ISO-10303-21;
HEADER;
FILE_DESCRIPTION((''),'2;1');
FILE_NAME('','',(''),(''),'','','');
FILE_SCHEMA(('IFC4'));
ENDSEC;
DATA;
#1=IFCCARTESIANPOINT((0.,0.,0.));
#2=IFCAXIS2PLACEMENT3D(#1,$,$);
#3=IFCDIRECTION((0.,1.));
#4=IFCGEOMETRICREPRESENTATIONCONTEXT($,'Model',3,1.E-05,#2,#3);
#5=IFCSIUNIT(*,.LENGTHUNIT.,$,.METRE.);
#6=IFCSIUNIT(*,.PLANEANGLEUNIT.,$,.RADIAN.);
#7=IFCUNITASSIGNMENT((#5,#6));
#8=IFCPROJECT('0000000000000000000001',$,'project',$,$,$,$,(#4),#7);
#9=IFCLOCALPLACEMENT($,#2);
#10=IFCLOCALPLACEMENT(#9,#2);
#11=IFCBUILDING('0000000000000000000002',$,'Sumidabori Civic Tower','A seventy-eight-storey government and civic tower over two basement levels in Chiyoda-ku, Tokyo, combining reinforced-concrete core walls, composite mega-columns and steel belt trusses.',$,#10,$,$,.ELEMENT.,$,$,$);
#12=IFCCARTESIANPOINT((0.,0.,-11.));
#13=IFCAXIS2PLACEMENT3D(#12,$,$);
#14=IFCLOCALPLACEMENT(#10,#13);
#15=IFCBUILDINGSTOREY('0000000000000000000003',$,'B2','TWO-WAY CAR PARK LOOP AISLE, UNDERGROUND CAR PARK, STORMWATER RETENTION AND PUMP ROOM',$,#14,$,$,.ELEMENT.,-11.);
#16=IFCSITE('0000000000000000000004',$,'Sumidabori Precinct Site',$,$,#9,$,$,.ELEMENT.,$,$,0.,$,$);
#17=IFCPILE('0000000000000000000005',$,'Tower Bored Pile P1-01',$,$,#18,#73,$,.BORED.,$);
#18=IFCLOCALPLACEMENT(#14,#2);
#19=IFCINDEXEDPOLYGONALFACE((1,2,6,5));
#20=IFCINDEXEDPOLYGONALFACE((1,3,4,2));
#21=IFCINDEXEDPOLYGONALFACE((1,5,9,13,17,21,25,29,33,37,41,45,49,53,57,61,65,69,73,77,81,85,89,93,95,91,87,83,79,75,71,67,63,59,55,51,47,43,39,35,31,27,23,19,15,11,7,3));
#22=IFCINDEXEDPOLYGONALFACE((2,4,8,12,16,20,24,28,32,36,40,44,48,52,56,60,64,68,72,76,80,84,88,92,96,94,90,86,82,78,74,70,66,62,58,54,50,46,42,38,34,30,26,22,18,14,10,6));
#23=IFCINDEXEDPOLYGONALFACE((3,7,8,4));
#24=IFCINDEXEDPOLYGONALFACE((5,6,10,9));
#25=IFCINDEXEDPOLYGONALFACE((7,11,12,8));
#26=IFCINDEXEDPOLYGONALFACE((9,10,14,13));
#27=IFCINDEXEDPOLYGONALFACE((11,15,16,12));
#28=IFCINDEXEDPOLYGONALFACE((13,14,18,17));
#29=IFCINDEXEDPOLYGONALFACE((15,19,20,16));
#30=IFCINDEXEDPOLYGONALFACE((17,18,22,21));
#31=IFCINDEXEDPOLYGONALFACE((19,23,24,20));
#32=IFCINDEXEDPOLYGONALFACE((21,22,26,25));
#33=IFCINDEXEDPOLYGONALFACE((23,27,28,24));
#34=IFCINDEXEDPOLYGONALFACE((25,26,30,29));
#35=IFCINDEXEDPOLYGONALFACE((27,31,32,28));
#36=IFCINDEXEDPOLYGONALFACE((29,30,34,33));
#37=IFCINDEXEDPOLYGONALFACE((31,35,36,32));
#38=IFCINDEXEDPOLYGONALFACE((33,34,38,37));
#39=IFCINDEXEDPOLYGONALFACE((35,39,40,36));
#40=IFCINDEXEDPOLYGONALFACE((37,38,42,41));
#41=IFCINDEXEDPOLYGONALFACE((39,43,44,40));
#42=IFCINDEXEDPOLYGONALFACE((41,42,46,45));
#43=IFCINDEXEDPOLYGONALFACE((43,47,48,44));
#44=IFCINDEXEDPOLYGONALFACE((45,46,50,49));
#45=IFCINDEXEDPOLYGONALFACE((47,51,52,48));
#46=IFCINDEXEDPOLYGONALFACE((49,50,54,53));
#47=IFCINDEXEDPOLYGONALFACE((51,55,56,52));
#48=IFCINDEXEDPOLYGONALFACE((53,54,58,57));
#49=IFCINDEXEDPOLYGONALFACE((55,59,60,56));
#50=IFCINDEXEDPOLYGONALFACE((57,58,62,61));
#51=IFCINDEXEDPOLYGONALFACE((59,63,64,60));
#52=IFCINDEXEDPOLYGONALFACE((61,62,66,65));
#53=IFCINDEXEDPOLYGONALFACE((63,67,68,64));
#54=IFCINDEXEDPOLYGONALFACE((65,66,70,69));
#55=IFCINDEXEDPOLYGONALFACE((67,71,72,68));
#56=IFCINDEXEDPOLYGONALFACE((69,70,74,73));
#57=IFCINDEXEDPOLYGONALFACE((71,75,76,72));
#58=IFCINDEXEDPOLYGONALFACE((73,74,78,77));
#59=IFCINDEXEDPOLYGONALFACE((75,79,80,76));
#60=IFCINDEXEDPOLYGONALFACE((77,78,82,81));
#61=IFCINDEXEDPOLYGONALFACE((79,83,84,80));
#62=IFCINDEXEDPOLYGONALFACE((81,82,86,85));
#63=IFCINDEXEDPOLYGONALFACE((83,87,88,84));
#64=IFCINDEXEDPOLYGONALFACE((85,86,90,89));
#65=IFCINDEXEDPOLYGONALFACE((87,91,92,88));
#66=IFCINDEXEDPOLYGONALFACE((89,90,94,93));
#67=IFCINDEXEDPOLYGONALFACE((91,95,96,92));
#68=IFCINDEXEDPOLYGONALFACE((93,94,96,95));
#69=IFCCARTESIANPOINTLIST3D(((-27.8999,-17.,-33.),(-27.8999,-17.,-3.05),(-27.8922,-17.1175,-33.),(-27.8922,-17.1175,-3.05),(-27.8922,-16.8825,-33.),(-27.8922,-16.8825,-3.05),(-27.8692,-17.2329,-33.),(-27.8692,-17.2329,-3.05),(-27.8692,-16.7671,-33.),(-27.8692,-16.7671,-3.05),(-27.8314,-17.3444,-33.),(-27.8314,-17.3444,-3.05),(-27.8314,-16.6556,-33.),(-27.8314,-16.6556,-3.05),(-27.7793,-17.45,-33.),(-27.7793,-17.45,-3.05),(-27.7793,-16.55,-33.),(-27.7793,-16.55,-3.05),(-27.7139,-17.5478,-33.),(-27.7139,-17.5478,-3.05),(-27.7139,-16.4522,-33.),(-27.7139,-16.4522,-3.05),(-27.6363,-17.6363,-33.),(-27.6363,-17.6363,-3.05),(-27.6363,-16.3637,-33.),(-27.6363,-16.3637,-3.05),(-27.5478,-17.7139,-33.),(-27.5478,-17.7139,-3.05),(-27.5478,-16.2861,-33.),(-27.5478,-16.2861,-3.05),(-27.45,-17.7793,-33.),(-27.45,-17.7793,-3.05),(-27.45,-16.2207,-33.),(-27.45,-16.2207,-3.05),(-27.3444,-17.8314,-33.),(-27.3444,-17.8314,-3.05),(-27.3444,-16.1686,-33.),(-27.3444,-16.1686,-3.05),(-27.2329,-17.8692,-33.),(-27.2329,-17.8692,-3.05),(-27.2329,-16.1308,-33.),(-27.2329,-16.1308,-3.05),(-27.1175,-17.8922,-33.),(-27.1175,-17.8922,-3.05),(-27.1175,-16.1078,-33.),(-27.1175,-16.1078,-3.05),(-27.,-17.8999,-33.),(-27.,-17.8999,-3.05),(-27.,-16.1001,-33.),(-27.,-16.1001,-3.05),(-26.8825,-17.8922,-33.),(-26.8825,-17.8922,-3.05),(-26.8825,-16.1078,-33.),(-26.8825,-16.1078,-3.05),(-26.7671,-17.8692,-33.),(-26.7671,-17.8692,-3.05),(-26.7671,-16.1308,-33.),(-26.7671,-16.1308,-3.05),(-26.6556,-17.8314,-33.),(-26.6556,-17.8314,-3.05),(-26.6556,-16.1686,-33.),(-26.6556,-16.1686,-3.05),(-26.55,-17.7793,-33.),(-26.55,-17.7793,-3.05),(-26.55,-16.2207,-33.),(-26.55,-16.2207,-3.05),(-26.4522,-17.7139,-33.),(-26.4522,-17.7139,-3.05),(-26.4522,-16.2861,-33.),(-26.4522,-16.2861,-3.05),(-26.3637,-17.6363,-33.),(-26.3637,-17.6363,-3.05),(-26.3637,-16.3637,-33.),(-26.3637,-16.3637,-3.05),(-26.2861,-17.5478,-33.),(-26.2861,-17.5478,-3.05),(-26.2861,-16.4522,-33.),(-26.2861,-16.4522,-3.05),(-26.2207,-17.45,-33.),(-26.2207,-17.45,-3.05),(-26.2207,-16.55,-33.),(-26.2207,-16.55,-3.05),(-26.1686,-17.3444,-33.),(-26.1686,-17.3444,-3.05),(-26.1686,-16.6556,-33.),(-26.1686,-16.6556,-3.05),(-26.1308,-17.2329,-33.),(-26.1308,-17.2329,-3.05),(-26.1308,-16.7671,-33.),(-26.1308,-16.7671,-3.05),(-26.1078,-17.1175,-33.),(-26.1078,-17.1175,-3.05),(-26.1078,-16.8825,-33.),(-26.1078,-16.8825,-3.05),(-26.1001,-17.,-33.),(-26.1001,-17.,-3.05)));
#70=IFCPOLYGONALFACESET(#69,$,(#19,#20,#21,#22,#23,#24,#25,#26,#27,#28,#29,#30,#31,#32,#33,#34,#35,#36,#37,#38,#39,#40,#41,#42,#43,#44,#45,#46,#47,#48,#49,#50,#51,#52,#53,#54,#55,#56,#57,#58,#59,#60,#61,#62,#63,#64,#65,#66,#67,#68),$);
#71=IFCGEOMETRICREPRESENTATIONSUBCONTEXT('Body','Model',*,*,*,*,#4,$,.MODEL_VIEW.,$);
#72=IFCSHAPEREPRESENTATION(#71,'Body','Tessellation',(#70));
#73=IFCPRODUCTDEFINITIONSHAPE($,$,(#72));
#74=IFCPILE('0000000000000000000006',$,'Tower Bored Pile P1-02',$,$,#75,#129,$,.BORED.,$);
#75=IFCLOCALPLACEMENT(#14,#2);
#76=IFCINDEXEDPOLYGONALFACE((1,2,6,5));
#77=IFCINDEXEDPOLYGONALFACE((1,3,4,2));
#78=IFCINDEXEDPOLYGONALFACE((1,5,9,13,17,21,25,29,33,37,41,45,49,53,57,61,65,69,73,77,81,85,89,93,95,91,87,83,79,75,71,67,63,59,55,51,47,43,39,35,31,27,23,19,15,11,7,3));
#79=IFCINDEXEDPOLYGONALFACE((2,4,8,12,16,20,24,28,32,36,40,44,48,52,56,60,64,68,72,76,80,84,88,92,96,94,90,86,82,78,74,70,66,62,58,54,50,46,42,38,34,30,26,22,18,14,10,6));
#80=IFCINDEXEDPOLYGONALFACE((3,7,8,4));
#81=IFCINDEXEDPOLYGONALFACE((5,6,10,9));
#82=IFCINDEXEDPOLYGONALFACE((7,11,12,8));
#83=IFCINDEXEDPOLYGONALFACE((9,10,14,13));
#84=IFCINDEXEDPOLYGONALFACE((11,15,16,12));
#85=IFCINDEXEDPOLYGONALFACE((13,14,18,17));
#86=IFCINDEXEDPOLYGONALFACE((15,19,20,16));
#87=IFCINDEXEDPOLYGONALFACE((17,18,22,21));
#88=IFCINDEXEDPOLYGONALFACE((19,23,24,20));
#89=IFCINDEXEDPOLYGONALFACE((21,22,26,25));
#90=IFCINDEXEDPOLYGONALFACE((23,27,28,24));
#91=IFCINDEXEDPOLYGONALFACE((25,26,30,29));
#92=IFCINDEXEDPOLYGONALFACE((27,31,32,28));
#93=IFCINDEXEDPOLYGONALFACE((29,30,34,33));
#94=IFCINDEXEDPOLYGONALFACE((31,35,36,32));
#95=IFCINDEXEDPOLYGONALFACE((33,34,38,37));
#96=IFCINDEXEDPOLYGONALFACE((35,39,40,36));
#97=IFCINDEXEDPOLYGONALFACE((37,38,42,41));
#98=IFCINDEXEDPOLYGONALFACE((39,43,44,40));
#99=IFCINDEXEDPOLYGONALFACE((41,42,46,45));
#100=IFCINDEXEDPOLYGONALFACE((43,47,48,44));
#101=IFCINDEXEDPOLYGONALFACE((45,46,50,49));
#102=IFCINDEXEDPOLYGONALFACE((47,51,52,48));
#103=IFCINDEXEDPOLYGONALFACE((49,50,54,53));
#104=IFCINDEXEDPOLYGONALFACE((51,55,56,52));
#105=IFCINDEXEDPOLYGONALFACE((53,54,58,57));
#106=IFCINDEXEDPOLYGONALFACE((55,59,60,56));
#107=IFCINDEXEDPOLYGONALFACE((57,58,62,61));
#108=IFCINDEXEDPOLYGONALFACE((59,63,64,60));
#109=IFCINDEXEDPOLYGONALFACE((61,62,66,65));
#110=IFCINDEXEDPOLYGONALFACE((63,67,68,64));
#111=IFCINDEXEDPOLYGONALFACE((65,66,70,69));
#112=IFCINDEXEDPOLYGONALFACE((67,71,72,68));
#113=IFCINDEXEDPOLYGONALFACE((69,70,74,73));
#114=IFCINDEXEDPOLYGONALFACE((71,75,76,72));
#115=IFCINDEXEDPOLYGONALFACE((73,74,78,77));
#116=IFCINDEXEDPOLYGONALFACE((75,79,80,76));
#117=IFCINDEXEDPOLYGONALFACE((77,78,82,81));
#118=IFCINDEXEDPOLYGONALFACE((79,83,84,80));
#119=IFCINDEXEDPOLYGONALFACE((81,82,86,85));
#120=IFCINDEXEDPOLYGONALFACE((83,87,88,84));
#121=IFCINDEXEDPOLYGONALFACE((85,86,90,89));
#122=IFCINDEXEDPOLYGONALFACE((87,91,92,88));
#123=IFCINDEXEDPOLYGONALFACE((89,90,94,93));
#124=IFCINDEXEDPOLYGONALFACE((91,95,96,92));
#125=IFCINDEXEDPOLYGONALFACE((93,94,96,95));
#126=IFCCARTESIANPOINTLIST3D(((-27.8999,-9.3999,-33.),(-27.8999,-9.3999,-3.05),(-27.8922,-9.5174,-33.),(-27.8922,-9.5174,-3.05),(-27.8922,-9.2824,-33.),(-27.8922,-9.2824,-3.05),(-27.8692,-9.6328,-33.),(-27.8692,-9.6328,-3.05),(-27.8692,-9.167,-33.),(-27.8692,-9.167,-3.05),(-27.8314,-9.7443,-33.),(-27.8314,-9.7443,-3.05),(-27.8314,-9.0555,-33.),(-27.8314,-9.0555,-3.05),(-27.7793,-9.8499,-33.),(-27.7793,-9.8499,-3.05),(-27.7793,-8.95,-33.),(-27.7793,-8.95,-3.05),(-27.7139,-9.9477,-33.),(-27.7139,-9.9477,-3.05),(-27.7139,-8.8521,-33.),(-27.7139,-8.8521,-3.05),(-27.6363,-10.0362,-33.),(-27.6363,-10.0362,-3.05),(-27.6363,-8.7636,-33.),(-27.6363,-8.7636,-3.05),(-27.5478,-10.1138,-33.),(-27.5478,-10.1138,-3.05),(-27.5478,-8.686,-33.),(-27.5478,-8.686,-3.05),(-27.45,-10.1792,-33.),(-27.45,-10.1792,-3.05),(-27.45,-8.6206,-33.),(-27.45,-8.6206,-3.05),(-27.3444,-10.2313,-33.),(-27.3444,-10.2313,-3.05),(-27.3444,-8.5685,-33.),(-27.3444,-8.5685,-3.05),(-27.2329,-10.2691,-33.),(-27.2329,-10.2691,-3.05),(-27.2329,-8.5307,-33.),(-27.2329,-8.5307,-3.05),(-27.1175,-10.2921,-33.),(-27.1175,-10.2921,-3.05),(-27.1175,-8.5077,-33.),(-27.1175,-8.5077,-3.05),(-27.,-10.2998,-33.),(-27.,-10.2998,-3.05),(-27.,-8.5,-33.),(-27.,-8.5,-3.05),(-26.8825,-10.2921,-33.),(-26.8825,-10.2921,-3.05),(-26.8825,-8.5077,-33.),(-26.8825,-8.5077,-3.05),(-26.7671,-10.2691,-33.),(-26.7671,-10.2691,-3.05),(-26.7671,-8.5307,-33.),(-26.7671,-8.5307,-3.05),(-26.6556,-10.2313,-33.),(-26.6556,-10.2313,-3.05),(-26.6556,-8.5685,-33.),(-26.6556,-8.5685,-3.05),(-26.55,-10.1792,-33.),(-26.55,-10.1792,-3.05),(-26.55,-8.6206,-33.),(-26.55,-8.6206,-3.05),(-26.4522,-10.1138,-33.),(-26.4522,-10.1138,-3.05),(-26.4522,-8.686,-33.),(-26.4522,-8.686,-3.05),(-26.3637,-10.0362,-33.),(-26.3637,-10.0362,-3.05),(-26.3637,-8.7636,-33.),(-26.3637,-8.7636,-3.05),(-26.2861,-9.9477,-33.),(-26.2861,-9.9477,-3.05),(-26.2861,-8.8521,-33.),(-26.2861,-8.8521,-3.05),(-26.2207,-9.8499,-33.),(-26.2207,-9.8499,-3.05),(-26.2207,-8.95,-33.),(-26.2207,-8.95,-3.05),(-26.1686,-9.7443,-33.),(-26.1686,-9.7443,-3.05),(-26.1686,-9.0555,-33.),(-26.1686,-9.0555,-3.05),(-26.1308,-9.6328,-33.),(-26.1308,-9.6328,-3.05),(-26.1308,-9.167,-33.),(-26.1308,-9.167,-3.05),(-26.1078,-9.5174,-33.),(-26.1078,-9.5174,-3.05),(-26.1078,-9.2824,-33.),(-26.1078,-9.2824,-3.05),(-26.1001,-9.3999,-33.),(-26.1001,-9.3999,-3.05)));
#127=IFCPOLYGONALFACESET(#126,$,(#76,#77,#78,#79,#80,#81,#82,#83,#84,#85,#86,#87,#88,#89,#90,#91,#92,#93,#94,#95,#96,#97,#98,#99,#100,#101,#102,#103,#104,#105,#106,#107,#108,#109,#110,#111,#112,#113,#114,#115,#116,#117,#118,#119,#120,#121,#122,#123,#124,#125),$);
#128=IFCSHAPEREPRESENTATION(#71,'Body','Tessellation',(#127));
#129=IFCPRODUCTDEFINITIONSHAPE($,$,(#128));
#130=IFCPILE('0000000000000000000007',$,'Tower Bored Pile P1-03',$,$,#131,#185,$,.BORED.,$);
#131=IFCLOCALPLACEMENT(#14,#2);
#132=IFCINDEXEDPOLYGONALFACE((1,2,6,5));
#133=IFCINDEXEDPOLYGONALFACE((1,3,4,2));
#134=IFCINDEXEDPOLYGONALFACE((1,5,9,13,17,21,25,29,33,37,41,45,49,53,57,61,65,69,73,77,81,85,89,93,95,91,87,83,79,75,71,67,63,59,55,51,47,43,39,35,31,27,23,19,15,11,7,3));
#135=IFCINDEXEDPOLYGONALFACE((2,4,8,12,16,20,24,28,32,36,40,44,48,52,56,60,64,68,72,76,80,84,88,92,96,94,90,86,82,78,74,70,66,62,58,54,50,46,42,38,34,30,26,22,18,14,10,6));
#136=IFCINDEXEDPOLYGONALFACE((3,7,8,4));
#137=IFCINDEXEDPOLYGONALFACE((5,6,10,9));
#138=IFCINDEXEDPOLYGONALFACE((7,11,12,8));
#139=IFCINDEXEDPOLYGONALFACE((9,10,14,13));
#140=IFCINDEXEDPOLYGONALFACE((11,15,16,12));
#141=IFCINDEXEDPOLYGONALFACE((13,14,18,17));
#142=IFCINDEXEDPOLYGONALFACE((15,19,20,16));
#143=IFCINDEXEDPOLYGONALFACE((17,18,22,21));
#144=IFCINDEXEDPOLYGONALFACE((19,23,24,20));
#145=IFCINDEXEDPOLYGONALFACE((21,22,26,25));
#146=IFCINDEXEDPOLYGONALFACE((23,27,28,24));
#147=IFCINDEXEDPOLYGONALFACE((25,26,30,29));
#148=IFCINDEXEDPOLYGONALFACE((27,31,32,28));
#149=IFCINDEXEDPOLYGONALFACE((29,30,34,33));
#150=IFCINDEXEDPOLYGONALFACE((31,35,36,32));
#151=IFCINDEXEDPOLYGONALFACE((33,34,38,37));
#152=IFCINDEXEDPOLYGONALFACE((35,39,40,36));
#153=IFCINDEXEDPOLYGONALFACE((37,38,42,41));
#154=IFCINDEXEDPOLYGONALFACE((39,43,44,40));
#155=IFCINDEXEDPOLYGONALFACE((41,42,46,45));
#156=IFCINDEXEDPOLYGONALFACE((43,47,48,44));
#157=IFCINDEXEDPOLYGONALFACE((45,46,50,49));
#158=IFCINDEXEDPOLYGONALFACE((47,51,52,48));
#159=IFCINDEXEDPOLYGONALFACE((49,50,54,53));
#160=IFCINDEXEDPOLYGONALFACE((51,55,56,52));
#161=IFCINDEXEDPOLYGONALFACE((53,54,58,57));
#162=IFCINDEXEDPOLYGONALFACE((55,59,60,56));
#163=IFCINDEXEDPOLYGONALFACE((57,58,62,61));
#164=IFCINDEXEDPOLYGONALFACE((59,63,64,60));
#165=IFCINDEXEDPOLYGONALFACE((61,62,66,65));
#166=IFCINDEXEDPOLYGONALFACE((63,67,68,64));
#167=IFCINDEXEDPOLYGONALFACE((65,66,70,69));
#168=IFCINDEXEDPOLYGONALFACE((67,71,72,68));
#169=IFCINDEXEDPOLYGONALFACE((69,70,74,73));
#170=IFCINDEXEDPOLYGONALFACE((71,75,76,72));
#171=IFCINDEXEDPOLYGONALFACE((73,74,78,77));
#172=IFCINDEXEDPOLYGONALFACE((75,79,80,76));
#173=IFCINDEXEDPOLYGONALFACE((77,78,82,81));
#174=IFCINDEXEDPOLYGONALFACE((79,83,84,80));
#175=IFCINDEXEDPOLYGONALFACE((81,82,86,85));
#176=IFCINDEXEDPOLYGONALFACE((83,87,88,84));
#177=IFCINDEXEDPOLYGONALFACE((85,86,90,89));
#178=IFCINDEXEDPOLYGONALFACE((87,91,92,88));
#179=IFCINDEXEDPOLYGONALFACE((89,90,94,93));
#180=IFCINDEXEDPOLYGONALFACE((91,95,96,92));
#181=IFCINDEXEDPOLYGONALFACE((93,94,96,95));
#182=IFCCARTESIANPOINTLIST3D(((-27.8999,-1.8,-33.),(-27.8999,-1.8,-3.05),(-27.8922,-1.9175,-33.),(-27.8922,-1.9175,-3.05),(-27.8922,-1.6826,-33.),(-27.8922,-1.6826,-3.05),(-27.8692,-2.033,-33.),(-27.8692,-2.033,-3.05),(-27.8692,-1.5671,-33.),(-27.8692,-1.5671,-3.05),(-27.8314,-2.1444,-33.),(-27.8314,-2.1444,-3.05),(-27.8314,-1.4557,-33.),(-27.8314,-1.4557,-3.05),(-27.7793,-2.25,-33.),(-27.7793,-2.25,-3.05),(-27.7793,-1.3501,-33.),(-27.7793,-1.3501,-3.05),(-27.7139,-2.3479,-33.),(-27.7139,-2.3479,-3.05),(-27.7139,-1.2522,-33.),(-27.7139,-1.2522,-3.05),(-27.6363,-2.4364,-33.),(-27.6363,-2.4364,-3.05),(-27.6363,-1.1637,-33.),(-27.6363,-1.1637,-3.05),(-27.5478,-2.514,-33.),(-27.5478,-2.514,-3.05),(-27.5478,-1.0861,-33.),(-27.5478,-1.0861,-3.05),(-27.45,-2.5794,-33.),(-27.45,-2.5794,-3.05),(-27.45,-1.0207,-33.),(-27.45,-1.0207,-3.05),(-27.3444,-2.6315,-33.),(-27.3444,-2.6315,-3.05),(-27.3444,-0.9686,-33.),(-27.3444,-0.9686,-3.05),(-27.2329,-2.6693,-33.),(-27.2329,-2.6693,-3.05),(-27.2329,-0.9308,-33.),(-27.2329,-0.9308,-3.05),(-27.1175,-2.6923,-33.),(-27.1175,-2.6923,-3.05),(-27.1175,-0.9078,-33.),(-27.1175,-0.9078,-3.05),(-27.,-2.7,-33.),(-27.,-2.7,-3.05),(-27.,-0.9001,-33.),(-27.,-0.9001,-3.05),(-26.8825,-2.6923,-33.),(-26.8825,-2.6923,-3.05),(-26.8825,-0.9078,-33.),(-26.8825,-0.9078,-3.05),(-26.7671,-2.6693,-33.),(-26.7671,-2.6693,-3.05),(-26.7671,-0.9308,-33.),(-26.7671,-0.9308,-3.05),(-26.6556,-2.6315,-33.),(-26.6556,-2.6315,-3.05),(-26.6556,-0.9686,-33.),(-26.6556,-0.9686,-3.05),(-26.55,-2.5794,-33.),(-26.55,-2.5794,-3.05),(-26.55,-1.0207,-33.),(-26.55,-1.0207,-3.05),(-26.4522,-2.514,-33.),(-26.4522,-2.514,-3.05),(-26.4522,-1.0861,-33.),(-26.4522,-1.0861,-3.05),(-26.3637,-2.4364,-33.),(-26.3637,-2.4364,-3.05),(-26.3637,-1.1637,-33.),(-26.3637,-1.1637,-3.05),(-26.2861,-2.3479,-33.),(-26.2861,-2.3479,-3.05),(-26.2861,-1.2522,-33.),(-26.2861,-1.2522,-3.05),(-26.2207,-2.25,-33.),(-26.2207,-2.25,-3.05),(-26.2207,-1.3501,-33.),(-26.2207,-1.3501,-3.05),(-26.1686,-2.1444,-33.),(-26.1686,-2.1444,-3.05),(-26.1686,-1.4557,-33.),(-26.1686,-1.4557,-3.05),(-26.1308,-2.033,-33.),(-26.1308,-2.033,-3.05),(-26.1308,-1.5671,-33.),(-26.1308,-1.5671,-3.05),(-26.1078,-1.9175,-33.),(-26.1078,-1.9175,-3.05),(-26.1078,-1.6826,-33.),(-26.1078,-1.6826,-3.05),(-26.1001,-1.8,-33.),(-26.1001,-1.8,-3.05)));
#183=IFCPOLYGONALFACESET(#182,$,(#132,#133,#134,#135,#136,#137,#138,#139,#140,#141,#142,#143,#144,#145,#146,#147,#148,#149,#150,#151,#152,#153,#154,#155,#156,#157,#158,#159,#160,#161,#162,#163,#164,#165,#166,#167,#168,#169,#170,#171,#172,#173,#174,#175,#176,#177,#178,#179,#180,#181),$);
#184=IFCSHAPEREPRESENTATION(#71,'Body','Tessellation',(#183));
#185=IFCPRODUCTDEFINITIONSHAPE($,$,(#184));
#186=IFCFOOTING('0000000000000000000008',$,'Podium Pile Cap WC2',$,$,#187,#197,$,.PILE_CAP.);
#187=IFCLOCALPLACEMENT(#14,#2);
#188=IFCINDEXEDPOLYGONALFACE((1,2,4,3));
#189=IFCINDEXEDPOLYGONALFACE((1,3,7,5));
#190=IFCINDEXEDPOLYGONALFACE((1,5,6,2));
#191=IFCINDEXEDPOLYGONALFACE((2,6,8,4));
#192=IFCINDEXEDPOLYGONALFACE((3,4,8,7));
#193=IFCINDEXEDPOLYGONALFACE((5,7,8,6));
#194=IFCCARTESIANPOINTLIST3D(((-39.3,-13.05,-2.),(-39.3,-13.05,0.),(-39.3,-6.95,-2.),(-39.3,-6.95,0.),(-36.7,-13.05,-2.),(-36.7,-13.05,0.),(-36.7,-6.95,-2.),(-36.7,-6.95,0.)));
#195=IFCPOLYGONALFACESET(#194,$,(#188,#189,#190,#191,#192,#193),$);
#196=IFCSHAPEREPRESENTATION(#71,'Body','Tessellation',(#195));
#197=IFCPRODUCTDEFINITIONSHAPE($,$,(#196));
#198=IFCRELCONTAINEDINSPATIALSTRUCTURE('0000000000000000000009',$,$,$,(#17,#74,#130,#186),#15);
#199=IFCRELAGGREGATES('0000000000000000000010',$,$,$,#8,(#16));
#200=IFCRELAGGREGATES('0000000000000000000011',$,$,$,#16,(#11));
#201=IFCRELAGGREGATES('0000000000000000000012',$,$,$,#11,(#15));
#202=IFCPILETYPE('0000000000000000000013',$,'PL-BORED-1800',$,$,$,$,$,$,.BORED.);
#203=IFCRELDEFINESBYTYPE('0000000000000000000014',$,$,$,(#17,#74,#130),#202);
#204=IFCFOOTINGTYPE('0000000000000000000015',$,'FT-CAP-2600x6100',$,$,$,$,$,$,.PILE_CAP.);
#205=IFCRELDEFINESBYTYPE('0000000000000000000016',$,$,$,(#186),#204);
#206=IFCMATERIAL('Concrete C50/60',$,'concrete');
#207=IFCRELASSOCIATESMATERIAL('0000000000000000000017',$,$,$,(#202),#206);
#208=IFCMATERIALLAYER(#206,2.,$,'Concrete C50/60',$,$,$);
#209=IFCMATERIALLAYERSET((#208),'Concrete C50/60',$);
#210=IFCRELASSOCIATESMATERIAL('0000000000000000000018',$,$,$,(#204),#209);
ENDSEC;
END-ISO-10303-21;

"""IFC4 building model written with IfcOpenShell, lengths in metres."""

from ifc_helpers import new_model, si_unit, direction, frame, origin, origin_2d, place, context, subcontext, project, spatial, rectangle, circle, extrude, source, transform, mapped, material, layer, layer_set, material_profile, profile_set, type_object, element, save


model = new_model("IFC4")

# Units and contexts
model_context = context("Model", 3, precision=1e-05, world=origin(), true_north=direction((0.0, 1.0)))
body_context = subcontext(model_context, "Body", "Model", "MODEL_VIEW")
ifc_project = project(units=[si_unit("LENGTHUNIT", "METRE"), si_unit("PLANEANGLEUNIT", "RADIAN")], contexts=[model_context])

# Site, building, storey
site_placement = place(None, origin())
site = spatial("IfcSite", under=ifc_project, at=site_placement, Name="Sumidabori Precinct Site", CompositionType="ELEMENT", RefElevation=0.0)
building_placement = place(site_placement, origin())
building = spatial("IfcBuilding", under=site, at=building_placement, Name="Sumidabori Civic Tower", Description="A seventy-eight-storey government and civic tower over two basement levels in Chiyoda-ku, Tokyo, combining reinforced-concrete core walls, composite mega-columns and steel belt trusses.", CompositionType="ELEMENT")
storey_placement = place(building_placement, frame((0.0, 0.0, -11.0)))
storey = spatial("IfcBuildingStorey", under=building, at=storey_placement, Name="B2", Description="TWO-WAY CAR PARK LOOP AISLE, UNDERGROUND CAR PARK, STORMWATER RETENTION AND PUMP ROOM", CompositionType="ELEMENT", Elevation=-11.0)

# Piles
ifc_material_1 = material(Name="Concrete C50/60", Category="concrete")
ifc_material_profile_1 = material_profile(ifc_material_1, circle(Radius=0.8999, at=origin_2d()), Name="BORED PILE 1800")
ifc_profile_set_1 = profile_set([ifc_material_profile_1], Name="Concrete C50/60")
pile_type_1 = type_object("IfcPileType", Name="PL-BORED-1800", PredefinedType="BORED", material=ifc_profile_set_1)
shared_shape_1 = source(origin(), body_context, "Body", "SweptSolid", [
    extrude(circle(Radius=0.8999, at=origin_2d()), origin(), (0.0, 0.0, 1.0), 29.95),
])
for number, where, z_axis, x_axis, name in (
    (1, (-27.0, -17.0, -3.05), (0.0, 0.0, -1.0), (1.0, 0.0, 0.0), "Tower Bored Pile P1-01"),
    (2, (-27.0, -9.3999, -3.05), (0.0, 0.0, -1.0), (1.0, 0.0, 0.0), "Tower Bored Pile P1-02"),
    (3, (-27.0, -1.8, -3.05), (0.0, 0.0, -1.0), (1.0, 0.0, 0.0), "Tower Bored Pile P1-03"),
):
    element("IfcPile", number, at=place(storey_placement, frame(where, z_axis=z_axis, x_axis=x_axis)), inside=storey, type_object=pile_type_1, Name=name, PredefinedType="BORED", context=body_context, shape_type="MappedRepresentation", body=[
        mapped(shared_shape_1, transform((0.0, 0.0, 0.0), x_axis=(1.0, 0.0, 0.0), y_axis=(0.0, 1.0, 0.0), z_axis=(0.0, 0.0, 1.0), scale=1.0)),
    ])

# Footing
ifc_layer_1 = layer(ifc_material_1, 2.0, Name="Concrete C50/60")
ifc_layer_set_1 = layer_set([ifc_layer_1], Name="Concrete C50/60")
footing_type = type_object("IfcFootingType", Name="FT-CAP-2600x6100", PredefinedType="PILE_CAP", material=ifc_layer_set_1)
shared_shape_2 = source(origin(), body_context, "Body", "SweptSolid", [
    extrude(rectangle(XDim=2.6001, YDim=6.1001, at=origin_2d()), origin(), (0.0, 0.0, 1.0), 2.0),
])
footing_placement = place(storey_placement, frame((-38.0, -10.0, -2.0), z_axis=(0.0, 0.0, 1.0), x_axis=(1.0, 0.0, 0.0)))
element("IfcFooting", 4, at=footing_placement, inside=storey, type_object=footing_type, Name="Podium Pile Cap WC2", PredefinedType="PILE_CAP", context=body_context, shape_type="MappedRepresentation", body=[
    mapped(shared_shape_2, transform((0.0, 0.0, 0.0), x_axis=(1.0, 0.0, 0.0), y_axis=(0.0, 1.0, 0.0), z_axis=(0.0, 0.0, 1.0), scale=1.0)),
])

save(model, "model.ifc")
